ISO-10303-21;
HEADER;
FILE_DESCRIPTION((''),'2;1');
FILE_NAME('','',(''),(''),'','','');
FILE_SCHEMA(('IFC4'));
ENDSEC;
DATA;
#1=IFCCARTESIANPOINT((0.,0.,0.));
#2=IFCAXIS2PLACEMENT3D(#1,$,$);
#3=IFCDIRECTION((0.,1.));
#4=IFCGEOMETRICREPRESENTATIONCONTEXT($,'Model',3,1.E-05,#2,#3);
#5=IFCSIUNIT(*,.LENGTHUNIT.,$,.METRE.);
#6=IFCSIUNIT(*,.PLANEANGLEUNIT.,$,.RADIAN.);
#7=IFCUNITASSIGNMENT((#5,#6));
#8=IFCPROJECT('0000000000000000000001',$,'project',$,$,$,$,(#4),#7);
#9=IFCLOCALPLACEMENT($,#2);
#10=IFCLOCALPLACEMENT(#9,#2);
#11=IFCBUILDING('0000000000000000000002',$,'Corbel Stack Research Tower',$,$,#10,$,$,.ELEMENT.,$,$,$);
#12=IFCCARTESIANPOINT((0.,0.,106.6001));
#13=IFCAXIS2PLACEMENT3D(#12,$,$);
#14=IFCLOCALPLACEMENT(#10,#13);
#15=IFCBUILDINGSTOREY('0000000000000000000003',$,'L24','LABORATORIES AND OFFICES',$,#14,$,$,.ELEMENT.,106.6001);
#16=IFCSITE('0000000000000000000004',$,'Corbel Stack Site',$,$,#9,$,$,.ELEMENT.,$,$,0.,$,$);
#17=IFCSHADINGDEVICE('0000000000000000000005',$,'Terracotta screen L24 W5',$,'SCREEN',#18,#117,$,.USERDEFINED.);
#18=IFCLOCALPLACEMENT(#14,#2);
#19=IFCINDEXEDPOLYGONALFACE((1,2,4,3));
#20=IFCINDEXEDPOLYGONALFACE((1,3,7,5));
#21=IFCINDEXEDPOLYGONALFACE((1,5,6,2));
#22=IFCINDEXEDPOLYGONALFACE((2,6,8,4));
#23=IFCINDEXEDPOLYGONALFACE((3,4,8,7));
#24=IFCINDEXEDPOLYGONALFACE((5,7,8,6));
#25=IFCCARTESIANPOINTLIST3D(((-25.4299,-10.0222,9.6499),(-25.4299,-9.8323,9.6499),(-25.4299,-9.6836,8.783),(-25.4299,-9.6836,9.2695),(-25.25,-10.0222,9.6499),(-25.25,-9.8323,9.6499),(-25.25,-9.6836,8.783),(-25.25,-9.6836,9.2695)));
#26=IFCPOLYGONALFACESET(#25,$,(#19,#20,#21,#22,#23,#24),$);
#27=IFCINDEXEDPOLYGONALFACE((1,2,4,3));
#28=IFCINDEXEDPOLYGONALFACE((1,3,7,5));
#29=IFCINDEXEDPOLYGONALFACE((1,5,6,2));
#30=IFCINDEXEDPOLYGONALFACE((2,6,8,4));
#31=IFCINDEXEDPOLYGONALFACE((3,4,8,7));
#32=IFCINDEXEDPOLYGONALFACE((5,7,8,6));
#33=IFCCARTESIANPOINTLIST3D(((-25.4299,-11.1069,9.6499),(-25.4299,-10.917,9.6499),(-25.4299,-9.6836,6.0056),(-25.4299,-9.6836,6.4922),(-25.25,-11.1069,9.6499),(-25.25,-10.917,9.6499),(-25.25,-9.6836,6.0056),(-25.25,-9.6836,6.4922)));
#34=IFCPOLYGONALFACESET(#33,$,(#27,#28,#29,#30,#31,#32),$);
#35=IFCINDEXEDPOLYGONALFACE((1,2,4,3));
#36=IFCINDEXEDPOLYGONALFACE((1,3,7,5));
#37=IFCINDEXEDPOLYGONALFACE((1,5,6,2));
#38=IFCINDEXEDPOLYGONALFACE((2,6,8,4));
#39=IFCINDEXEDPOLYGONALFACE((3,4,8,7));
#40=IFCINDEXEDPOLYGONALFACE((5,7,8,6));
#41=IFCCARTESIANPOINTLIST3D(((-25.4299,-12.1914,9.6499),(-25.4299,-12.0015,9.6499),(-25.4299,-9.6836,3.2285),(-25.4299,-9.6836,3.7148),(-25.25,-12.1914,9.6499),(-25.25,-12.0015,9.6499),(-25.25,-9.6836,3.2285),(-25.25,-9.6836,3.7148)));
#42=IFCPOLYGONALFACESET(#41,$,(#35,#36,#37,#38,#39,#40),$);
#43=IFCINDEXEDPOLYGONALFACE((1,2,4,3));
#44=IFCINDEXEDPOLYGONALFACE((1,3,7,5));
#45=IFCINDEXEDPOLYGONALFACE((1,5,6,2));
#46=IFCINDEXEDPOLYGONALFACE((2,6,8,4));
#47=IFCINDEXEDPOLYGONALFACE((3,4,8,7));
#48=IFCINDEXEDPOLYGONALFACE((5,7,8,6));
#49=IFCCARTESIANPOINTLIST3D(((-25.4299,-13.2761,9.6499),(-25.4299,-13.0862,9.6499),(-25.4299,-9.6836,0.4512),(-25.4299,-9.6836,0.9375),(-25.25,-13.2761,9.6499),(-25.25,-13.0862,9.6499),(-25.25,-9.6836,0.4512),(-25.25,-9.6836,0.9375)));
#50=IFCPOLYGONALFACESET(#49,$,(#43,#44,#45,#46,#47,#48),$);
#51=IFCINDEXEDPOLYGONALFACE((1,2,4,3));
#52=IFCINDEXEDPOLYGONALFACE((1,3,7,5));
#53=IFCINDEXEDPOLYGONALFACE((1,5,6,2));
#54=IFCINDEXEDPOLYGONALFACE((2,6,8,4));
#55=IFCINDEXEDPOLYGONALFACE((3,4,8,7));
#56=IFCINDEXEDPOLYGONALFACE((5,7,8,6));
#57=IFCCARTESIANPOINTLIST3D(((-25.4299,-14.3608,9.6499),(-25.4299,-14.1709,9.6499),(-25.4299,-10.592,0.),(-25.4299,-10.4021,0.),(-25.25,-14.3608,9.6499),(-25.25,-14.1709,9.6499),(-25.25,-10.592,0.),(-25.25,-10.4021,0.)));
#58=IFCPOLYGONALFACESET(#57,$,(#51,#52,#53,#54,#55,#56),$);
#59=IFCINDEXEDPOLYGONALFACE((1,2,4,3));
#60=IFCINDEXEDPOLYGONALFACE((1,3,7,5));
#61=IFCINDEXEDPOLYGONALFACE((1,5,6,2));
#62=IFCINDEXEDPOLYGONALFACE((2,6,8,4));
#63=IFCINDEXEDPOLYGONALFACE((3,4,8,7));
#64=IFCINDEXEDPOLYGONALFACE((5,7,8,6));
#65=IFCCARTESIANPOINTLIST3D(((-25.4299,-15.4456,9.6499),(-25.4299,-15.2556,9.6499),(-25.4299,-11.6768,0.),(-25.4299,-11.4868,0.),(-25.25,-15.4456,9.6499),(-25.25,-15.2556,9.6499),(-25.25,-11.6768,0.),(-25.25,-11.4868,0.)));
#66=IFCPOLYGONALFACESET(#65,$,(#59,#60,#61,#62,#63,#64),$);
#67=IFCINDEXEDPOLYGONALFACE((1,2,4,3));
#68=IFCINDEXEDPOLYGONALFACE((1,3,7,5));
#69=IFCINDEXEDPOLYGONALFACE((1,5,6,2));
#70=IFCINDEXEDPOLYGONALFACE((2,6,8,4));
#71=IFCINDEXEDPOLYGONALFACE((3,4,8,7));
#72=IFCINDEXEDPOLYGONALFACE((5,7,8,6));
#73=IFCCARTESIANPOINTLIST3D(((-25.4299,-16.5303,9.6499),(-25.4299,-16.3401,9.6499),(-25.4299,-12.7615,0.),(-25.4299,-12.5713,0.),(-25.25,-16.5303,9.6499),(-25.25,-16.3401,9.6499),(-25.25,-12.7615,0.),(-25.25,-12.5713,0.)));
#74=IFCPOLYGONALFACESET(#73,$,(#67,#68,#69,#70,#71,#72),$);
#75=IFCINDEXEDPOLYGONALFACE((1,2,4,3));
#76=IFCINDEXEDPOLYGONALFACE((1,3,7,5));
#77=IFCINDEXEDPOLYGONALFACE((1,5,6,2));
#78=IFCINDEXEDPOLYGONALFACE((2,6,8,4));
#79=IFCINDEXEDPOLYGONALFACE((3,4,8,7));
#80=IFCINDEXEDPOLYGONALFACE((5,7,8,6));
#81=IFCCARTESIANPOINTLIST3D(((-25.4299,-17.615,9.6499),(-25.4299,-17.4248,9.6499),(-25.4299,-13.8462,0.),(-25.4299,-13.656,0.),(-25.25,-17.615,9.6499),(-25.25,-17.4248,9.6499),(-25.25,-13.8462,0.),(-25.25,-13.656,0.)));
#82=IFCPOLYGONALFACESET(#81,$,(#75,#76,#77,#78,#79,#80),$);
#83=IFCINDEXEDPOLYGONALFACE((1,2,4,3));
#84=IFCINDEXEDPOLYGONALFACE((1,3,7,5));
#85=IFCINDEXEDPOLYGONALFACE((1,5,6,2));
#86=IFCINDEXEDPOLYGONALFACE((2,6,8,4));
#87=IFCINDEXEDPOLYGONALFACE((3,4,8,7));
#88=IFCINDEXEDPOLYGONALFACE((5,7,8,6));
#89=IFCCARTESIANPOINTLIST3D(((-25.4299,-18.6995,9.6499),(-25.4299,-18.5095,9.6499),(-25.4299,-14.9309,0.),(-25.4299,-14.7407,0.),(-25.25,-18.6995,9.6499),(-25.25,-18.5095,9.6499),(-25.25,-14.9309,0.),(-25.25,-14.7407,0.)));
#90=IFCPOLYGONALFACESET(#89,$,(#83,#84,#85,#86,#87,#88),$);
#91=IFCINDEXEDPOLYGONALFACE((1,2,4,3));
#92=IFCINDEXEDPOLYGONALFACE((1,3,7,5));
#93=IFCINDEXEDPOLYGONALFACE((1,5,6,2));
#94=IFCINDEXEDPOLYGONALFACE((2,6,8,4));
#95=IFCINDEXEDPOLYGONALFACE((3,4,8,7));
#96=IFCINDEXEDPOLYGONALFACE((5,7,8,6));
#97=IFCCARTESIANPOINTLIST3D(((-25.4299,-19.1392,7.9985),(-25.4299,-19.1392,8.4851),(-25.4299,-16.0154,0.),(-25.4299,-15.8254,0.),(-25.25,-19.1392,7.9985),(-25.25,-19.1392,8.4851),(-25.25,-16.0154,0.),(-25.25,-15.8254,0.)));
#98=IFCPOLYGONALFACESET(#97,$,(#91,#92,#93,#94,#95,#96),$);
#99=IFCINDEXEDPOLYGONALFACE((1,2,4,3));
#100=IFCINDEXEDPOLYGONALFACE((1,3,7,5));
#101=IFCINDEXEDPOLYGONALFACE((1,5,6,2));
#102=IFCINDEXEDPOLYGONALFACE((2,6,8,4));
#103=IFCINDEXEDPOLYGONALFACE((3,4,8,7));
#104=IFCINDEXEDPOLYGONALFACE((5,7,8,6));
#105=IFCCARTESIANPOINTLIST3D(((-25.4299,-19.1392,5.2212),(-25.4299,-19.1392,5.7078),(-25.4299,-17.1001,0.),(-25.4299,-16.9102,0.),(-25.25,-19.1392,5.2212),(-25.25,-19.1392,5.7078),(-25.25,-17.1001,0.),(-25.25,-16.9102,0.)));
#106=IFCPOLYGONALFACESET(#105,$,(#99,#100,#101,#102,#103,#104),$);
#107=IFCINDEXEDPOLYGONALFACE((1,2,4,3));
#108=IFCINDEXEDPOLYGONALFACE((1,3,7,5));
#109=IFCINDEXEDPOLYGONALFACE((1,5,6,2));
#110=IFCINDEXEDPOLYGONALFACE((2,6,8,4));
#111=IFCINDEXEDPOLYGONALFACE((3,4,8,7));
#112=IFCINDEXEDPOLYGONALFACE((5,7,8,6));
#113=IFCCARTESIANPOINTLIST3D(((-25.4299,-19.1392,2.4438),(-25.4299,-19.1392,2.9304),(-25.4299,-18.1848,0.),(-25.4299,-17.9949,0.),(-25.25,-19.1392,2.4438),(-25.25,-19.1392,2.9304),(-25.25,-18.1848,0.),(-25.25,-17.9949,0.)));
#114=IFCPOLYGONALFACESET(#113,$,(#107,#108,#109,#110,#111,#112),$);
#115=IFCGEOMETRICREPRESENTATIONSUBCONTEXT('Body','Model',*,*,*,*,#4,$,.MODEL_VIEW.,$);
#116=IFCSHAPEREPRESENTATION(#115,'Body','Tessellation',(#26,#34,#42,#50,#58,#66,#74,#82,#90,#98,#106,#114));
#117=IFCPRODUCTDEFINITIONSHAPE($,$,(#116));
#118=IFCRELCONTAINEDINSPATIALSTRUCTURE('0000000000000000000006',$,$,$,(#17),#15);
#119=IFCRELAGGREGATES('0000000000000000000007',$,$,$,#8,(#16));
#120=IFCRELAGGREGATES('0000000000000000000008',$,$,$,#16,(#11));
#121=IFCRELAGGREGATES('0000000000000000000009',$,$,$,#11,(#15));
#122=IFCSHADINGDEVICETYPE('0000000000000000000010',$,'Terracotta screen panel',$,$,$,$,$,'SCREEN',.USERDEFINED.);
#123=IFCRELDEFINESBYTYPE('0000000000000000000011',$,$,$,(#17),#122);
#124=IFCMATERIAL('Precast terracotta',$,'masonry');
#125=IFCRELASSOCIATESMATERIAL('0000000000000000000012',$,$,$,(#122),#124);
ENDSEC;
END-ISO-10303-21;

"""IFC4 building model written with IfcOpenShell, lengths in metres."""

from ifc_helpers import new_model, si_unit, direction, frame, origin, place, context, subcontext, project, spatial, polyline, outline, extrude, source, transform, mapped, material, type_object, element, save


model = new_model("IFC4")

# Units and contexts
model_context = context("Model", 3, precision=1e-05, world=origin(), true_north=direction((0.0, 1.0)))
body_context = subcontext(model_context, "Body", "Model", "MODEL_VIEW")
ifc_project = project(units=[si_unit("LENGTHUNIT", "METRE"), si_unit("PLANEANGLEUNIT", "RADIAN")], contexts=[model_context])

# Site, building, storey
site_placement = place(None, origin())
site = spatial("IfcSite", under=ifc_project, at=site_placement, Name="Corbel Stack Site", CompositionType="ELEMENT", RefElevation=0.0)
building_placement = place(site_placement, origin())
building = spatial("IfcBuilding", under=site, at=building_placement, Name="Corbel Stack Research Tower", CompositionType="ELEMENT")
storey_placement = place(building_placement, frame((0.0, 0.0, 106.6001)))
storey = spatial("IfcBuildingStorey", under=building, at=storey_placement, Name="L24", Description="LABORATORIES AND OFFICES", CompositionType="ELEMENT", Elevation=106.6001)

# Shading device
ifc_material_1 = material(Name="Precast terracotta", Category="masonry")
shading_device_type = type_object("IfcShadingDeviceType", Name="Terracotta screen panel", ElementType="SCREEN", PredefinedType="USERDEFINED", material=ifc_material_1)
shared_shape_1 = source(origin(), body_context, "Body", "SweptSolid", [
    extrude(outline(polyline([(0.3386, 9.6499), (0.1487, 9.6499), (0.0, 9.2695), (0.0, 8.783), (0.3386, 9.6499)])), frame((0.0, 0.0, 0.0), z_axis=(0.0, -1.0, 0.0), x_axis=(1.0, 0.0, 0.0)), (0.0, 0.0, 1.0), 0.1799),
    extrude(outline(polyline([(1.4233, 9.6499), (1.2334, 9.6499), (0.0, 6.4922), (0.0, 6.0056), (1.4233, 9.6499)])), frame((0.0, 0.0, 0.0), z_axis=(0.0, -1.0, 0.0), x_axis=(1.0, 0.0, 0.0)), (0.0, 0.0, 1.0), 0.1799),
    extrude(outline(polyline([(2.5078, 9.6499), (2.3179, 9.6499), (0.0, 3.7148), (0.0, 3.2285), (2.5078, 9.6499)])), frame((0.0, 0.0, 0.0), z_axis=(0.0, -1.0, 0.0), x_axis=(1.0, 0.0, 0.0)), (0.0, 0.0, 1.0), 0.1799),
    extrude(outline(polyline([(3.5925, 9.6499), (3.4026, 9.6499), (0.0, 0.9375), (0.0, 0.4512), (3.5925, 9.6499)])), frame((0.0, 0.0, 0.0), z_axis=(0.0, -1.0, 0.0), x_axis=(1.0, 0.0, 0.0)), (0.0, 0.0, 1.0), 0.1799),
    extrude(outline(polyline([(0.9084, 0.0), (4.6772, 9.6499), (4.4873, 9.6499), (0.7185, 0.0), (0.9084, 0.0)])), frame((0.0, 0.0, 0.0), z_axis=(0.0, -1.0, 0.0), x_axis=(1.0, 0.0, 0.0)), (0.0, 0.0, 1.0), 0.1799),
    extrude(outline(polyline([(1.9932, 0.0), (5.762, 9.6499), (5.572, 9.6499), (1.8032, 0.0), (1.9932, 0.0)])), frame((0.0, 0.0, 0.0), z_axis=(0.0, -1.0, 0.0), x_axis=(1.0, 0.0, 0.0)), (0.0, 0.0, 1.0), 0.1799),
    extrude(outline(polyline([(3.0779, 0.0), (6.8467, 9.6499), (6.6565, 9.6499), (2.8877, 0.0), (3.0779, 0.0)])), frame((0.0, 0.0, 0.0), z_axis=(0.0, -1.0, 0.0), x_axis=(1.0, 0.0, 0.0)), (0.0, 0.0, 1.0), 0.1799),
    extrude(outline(polyline([(4.1626, 0.0), (7.9314, 9.6499), (7.7412, 9.6499), (3.9724, 0.0), (4.1626, 0.0)])), frame((0.0, 0.0, 0.0), z_axis=(0.0, -1.0, 0.0), x_axis=(1.0, 0.0, 0.0)), (0.0, 0.0, 1.0), 0.1799),
    extrude(outline(polyline([(5.2473, 0.0), (9.0159, 9.6499), (8.8259, 9.6499), (5.0571, 0.0), (5.2473, 0.0)])), frame((0.0, 0.0, 0.0), z_axis=(0.0, -1.0, 0.0), x_axis=(1.0, 0.0, 0.0)), (0.0, 0.0, 1.0), 0.1799),
    extrude(outline(polyline([(6.3318, 0.0), (9.4556, 7.9985), (9.4556, 8.4851), (6.1418, 0.0), (6.3318, 0.0)])), frame((0.0, 0.0, 0.0), z_axis=(0.0, -1.0, 0.0), x_axis=(1.0, 0.0, 0.0)), (0.0, 0.0, 1.0), 0.1799),
    extrude(outline(polyline([(7.4165, 0.0), (9.4556, 5.2212), (9.4556, 5.7078), (7.2266, 0.0), (7.4165, 0.0)])), frame((0.0, 0.0, 0.0), z_axis=(0.0, -1.0, 0.0), x_axis=(1.0, 0.0, 0.0)), (0.0, 0.0, 1.0), 0.1799),
    extrude(outline(polyline([(8.5012, 0.0), (9.4556, 2.4438), (9.4556, 2.9304), (8.3113, 0.0), (8.5012, 0.0)])), frame((0.0, 0.0, 0.0), z_axis=(0.0, -1.0, 0.0), x_axis=(1.0, 0.0, 0.0)), (0.0, 0.0, 1.0), 0.1799),
])
shading_device_1_placement = place(storey_placement, frame((-25.25, -9.6836, 0.0), z_axis=(0.0, 0.0, 1.0), x_axis=(0.0, -1.0, 0.0)))
element("IfcShadingDevice", 1, at=shading_device_1_placement, inside=storey, type_object=shading_device_type, Name="Terracotta screen L24 W5", ObjectType="SCREEN", PredefinedType="USERDEFINED", context=body_context, shape_type="MappedRepresentation", body=[
    mapped(shared_shape_1, transform((0.0, 0.0, 0.0))),
])

save(model, "model.ifc")
